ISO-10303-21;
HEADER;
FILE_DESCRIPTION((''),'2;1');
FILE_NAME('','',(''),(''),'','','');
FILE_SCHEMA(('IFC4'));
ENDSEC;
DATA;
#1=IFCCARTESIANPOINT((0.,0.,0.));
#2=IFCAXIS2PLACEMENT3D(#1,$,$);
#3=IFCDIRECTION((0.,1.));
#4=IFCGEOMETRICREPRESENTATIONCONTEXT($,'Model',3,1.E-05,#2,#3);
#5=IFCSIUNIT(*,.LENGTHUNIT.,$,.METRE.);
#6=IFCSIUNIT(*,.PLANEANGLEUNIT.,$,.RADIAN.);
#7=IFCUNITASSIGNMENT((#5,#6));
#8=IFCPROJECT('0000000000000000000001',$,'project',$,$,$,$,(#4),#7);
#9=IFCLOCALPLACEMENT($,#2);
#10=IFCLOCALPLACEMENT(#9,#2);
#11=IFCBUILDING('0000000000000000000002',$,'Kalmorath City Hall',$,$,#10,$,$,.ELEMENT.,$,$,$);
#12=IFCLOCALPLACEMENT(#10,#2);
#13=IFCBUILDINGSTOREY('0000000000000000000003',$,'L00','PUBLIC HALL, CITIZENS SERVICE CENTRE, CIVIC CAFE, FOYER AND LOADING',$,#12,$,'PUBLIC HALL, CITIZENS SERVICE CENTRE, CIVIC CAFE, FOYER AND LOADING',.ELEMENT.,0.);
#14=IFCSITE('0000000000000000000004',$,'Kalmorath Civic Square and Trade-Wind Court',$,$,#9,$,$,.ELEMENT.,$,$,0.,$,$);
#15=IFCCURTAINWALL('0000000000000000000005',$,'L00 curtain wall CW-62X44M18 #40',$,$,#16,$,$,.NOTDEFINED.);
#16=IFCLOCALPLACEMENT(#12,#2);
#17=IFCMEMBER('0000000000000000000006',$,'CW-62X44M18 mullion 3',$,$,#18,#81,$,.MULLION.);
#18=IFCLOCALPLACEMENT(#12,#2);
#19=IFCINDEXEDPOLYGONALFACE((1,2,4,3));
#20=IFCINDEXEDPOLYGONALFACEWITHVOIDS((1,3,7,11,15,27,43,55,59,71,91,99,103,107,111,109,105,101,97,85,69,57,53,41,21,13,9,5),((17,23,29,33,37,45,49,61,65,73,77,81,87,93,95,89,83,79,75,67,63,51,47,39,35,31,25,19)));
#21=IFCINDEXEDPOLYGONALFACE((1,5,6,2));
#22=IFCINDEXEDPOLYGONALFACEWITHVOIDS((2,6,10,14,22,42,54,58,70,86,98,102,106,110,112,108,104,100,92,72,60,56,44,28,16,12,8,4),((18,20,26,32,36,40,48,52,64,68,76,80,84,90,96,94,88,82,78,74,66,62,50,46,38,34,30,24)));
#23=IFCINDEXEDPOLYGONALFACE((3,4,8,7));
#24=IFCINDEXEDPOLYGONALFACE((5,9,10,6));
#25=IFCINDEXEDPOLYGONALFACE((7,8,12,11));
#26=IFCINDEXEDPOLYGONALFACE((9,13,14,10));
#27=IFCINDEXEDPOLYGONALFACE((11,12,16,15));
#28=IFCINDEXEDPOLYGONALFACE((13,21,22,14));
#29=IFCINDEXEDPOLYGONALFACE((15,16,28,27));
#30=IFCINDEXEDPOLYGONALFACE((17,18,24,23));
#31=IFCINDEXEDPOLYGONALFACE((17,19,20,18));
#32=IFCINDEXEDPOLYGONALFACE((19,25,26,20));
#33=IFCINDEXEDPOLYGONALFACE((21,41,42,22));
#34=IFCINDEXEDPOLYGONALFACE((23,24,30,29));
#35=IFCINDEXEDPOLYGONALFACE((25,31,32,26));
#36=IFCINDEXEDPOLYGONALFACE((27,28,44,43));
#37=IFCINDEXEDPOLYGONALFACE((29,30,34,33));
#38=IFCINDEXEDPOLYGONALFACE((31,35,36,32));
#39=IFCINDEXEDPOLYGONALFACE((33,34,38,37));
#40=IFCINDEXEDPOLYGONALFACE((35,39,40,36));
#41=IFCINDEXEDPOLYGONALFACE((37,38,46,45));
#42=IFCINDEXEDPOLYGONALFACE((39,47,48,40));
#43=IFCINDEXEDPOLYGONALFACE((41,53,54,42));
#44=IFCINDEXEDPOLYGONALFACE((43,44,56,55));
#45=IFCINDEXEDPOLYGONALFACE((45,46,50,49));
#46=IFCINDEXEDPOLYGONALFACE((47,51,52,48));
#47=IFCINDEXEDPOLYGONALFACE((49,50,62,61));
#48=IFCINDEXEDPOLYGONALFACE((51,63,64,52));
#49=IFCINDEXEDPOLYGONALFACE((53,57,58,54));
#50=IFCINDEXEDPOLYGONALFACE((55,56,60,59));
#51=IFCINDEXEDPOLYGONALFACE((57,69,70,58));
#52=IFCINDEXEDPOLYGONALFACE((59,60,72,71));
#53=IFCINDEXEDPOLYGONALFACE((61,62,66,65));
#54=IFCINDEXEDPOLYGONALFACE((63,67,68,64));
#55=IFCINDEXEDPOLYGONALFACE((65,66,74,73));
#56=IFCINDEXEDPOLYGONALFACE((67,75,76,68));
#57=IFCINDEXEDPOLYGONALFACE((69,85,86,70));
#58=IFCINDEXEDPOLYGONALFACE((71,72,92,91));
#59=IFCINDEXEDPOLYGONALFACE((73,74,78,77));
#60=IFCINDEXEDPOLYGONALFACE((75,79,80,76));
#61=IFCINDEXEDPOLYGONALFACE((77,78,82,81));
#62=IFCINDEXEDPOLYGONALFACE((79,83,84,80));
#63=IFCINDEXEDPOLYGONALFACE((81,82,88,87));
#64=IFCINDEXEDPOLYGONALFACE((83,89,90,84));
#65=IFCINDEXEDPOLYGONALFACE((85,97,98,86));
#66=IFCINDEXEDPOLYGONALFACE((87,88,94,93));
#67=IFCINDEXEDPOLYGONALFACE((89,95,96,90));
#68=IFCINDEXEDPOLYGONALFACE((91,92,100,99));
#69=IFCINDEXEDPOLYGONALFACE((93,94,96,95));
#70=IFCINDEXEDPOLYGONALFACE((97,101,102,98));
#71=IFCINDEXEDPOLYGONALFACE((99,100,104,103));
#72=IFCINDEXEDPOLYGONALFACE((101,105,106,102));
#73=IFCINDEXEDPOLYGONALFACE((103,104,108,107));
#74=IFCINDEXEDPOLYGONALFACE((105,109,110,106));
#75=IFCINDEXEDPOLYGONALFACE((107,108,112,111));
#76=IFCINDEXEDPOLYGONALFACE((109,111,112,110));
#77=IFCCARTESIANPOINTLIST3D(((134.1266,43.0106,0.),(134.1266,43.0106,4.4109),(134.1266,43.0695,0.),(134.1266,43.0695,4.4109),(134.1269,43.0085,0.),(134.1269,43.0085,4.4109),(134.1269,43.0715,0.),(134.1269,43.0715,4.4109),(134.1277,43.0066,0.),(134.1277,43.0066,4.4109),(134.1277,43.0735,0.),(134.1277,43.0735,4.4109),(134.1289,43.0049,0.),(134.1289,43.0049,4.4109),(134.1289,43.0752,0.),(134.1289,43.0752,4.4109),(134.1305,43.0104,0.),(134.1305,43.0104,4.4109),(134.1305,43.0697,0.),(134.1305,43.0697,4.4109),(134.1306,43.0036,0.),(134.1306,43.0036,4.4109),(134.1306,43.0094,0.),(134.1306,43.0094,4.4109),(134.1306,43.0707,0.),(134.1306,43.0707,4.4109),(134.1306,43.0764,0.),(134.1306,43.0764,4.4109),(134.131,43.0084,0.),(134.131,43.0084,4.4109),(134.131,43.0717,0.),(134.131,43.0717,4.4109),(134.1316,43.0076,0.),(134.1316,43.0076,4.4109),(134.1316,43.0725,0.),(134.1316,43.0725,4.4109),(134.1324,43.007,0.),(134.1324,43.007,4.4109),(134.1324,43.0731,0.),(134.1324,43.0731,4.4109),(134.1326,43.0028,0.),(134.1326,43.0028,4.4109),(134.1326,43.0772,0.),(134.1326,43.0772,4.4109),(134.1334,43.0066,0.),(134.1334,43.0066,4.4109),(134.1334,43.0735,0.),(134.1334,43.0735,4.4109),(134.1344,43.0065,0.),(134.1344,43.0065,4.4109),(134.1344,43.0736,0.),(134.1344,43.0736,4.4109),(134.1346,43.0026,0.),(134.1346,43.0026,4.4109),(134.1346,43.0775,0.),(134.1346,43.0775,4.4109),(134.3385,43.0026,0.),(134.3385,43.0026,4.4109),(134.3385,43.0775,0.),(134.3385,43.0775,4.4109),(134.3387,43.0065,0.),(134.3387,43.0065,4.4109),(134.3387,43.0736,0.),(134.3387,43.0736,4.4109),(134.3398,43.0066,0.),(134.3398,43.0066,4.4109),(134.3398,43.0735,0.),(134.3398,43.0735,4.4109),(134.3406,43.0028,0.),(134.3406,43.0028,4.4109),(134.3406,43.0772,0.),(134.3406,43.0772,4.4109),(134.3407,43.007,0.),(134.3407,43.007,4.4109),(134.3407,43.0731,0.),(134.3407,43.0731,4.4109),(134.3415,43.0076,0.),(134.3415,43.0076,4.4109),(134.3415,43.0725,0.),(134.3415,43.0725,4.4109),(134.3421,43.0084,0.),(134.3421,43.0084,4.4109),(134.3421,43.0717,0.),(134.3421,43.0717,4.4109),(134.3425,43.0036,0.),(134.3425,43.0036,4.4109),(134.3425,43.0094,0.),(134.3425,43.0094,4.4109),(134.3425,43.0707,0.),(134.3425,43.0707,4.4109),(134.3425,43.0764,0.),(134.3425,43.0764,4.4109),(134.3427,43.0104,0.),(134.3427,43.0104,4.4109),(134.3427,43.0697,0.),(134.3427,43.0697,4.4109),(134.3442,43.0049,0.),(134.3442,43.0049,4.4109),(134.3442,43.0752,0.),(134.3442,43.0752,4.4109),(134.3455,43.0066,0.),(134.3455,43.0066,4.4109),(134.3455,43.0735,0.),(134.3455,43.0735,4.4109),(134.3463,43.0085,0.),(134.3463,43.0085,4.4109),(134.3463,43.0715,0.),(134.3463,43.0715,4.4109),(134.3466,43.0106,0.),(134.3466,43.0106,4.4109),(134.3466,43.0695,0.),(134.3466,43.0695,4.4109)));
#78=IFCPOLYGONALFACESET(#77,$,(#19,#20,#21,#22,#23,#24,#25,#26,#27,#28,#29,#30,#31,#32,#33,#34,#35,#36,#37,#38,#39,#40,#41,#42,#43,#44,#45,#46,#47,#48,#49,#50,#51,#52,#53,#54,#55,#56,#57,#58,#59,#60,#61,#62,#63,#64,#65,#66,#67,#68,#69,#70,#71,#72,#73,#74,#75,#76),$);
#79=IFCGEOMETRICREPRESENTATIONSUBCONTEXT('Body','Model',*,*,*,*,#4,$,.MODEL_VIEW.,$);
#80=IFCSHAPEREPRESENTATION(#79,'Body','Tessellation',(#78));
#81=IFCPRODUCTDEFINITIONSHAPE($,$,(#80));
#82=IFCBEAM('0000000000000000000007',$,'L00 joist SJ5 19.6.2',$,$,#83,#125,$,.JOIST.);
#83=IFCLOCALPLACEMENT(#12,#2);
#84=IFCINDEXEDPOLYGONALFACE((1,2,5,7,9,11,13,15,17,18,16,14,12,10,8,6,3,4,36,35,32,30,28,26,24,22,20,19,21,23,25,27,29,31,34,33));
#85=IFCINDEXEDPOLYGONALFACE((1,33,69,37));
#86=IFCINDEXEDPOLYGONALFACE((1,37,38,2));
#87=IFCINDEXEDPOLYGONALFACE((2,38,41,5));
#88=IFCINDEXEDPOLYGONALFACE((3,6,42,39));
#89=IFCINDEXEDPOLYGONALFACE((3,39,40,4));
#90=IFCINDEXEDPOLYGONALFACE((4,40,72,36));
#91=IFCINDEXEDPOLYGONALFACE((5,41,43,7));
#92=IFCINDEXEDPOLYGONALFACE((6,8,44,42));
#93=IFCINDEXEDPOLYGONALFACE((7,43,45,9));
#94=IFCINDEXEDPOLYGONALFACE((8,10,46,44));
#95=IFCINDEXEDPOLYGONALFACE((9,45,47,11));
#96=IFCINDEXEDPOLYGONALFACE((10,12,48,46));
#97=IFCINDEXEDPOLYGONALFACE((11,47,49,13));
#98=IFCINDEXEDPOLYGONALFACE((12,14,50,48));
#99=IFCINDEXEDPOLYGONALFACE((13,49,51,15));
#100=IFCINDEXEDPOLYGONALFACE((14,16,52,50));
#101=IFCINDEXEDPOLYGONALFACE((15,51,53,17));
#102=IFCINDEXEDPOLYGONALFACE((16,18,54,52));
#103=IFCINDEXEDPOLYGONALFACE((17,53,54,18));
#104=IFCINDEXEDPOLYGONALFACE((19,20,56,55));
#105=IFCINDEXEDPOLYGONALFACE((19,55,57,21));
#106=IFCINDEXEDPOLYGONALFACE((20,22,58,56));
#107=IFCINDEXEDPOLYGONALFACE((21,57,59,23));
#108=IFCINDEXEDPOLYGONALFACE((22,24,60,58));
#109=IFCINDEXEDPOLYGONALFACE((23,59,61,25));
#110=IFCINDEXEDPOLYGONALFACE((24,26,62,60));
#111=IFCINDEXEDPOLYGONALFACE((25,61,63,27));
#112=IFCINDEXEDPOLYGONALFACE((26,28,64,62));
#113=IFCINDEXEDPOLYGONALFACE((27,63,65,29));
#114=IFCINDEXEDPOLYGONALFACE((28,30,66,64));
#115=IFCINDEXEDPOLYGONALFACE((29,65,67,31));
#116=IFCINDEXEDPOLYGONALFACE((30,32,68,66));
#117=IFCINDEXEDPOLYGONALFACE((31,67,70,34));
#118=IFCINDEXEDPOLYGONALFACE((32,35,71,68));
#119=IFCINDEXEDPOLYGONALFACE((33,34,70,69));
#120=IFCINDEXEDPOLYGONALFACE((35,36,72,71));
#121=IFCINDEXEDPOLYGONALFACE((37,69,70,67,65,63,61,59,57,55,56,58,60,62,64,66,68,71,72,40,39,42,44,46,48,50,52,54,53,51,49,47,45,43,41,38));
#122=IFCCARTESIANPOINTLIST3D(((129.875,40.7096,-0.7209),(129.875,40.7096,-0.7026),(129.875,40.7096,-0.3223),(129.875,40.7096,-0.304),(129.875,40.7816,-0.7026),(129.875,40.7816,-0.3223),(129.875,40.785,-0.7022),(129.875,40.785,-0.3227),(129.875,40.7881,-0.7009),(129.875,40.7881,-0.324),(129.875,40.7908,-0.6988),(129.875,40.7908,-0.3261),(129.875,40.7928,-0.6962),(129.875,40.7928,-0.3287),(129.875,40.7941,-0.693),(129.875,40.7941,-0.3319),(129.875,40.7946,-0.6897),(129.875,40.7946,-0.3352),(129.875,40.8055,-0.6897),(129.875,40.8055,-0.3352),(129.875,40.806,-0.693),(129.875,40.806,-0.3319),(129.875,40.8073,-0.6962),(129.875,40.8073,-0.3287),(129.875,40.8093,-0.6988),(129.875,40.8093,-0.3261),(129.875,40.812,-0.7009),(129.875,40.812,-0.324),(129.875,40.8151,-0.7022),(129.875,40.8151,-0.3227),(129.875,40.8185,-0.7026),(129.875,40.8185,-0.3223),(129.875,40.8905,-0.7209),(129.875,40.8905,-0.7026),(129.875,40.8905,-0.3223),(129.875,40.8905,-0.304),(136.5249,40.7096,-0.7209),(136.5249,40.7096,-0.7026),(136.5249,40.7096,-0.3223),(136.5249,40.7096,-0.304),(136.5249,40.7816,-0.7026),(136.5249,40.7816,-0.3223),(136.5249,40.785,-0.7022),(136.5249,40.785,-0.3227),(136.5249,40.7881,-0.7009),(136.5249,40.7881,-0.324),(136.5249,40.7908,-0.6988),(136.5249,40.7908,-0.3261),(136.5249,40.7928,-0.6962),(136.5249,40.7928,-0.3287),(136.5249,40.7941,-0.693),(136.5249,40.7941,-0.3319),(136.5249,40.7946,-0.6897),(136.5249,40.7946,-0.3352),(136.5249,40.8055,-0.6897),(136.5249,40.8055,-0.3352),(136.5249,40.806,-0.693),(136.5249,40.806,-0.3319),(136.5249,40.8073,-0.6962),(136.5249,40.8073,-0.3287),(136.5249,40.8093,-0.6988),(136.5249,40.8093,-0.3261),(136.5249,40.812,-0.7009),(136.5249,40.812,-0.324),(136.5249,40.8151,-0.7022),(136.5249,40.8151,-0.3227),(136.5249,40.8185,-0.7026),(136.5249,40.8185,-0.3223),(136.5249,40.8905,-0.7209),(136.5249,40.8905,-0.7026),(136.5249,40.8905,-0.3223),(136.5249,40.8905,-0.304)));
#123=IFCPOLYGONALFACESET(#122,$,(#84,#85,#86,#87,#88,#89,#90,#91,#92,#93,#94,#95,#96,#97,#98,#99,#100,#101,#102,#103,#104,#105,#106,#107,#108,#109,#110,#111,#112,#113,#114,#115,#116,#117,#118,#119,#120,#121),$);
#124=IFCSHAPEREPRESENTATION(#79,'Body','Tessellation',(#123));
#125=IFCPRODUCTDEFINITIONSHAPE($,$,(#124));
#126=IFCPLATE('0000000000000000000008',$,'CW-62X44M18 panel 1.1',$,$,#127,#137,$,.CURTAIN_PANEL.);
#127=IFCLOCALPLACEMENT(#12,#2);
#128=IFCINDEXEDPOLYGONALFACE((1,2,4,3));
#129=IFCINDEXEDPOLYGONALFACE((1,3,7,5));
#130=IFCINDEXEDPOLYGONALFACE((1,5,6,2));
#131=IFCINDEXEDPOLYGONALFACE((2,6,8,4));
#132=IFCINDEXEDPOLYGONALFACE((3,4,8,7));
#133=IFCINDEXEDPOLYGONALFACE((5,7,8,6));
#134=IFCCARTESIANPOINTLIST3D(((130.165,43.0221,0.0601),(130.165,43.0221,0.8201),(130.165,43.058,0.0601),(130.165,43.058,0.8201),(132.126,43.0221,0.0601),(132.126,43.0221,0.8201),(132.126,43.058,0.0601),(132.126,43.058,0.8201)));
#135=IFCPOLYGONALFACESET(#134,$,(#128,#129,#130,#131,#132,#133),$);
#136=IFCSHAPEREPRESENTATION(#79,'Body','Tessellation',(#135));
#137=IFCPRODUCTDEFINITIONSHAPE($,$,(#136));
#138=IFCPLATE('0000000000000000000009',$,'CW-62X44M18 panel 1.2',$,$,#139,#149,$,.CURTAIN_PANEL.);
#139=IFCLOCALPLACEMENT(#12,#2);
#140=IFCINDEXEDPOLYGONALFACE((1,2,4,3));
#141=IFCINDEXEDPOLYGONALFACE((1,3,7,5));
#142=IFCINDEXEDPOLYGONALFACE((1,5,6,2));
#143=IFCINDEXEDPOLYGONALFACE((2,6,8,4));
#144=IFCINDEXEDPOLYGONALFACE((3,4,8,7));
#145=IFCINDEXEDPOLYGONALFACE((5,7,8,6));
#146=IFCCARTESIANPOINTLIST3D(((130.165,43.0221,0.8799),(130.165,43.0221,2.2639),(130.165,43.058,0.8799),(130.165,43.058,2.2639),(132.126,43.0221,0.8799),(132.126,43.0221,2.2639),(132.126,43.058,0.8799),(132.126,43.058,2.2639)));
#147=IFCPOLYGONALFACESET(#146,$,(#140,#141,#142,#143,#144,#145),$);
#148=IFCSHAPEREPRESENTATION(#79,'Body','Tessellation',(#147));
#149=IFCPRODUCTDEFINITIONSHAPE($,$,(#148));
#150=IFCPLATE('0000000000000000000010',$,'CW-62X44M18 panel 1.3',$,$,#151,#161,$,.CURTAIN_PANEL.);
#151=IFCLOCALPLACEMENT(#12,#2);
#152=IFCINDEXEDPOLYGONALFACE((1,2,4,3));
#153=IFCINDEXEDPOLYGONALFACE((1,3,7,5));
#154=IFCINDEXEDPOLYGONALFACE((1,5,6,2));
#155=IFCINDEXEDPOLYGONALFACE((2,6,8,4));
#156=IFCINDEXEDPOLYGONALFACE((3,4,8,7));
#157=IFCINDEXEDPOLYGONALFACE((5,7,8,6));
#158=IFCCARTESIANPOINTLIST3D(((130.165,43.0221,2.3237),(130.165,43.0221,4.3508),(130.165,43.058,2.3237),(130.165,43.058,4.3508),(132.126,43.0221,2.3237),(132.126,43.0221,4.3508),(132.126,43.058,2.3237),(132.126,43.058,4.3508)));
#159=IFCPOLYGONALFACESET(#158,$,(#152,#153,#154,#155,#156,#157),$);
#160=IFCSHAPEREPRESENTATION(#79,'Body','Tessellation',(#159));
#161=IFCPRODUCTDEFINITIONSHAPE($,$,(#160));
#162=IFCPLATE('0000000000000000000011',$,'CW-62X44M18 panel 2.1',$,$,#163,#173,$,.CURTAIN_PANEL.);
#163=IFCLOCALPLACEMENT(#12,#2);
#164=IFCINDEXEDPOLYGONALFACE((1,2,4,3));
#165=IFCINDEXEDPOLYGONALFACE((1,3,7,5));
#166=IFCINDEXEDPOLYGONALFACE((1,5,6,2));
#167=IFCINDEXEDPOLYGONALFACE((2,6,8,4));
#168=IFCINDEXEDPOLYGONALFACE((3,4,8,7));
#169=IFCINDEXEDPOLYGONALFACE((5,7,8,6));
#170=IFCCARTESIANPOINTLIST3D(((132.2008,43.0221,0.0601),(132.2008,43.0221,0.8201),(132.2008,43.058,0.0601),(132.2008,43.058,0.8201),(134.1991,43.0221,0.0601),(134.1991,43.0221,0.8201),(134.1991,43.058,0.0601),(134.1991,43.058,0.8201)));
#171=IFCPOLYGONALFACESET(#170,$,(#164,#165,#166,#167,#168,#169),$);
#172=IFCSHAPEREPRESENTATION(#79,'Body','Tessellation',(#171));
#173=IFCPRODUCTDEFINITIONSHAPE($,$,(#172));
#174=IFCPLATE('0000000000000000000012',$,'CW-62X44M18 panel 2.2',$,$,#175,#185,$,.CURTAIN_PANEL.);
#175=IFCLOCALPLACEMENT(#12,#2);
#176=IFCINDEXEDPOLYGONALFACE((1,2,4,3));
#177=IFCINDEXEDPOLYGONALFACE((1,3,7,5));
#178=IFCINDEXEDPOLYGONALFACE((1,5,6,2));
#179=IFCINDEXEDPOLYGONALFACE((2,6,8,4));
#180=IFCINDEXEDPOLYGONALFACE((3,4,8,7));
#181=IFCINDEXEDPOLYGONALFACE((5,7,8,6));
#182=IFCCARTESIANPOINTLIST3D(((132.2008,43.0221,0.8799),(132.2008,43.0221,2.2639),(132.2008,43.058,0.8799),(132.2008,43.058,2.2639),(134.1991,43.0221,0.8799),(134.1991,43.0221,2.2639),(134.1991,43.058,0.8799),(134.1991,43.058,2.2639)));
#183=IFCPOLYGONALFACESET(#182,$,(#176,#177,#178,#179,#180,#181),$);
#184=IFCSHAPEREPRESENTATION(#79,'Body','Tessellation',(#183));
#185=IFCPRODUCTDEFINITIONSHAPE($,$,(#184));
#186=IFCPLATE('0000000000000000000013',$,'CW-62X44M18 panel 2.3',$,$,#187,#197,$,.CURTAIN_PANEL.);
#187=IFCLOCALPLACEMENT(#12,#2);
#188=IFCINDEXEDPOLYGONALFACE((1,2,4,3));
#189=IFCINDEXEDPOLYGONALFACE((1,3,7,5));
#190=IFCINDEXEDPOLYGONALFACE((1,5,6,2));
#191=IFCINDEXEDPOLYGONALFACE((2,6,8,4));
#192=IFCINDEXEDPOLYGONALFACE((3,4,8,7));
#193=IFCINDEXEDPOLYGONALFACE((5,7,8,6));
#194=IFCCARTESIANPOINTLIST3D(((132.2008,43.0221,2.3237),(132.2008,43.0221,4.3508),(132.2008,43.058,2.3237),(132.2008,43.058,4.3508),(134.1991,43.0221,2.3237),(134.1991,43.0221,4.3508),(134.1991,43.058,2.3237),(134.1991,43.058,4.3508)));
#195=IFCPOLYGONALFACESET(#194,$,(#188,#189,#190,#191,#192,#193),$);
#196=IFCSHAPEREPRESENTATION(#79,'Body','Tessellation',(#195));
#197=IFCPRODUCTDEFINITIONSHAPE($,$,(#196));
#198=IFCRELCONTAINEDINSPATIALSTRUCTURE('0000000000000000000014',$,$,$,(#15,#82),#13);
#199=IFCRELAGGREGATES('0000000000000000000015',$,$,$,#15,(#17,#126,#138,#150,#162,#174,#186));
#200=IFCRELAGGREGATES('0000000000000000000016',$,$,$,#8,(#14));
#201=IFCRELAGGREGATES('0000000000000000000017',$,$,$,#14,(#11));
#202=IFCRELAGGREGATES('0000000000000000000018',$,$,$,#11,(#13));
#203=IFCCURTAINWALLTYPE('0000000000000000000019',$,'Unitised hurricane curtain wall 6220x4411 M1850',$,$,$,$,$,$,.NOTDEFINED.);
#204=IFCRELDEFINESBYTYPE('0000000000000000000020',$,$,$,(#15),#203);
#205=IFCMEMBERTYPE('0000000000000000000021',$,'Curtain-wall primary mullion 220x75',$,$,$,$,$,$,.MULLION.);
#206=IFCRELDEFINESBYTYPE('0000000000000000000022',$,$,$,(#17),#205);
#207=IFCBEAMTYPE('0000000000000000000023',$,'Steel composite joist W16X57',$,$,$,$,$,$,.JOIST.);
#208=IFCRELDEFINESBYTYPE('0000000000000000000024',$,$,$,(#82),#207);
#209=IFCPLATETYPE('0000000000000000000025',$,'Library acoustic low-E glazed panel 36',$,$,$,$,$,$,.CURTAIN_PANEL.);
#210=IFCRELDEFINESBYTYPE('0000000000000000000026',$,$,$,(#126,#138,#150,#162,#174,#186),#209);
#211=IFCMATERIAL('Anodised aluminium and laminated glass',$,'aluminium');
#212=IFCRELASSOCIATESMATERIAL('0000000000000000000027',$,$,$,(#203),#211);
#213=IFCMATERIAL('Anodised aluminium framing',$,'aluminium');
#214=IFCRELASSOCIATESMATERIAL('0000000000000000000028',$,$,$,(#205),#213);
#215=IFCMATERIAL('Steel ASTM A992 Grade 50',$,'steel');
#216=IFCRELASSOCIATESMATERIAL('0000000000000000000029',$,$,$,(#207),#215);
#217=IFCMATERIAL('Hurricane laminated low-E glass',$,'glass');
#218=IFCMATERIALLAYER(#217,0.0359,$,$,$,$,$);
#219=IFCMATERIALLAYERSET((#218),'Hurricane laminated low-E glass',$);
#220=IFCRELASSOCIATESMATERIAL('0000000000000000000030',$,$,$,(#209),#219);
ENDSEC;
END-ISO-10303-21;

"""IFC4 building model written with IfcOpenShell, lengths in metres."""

from ifc_helpers import new_model, si_unit, direction, frame, origin, origin_2d, place, context, subcontext, project, spatial, rectangle, hollow_rectangle, i_section, extrude, material, layer, layer_set, material_profile, profile_set, type_object, element, aggregate, save


model = new_model("IFC4")

# Units and contexts
model_context = context("Model", 3, precision=1e-05, world=origin(), true_north=direction((0.0, 1.0)))
body_context = subcontext(model_context, "Body", "Model", "MODEL_VIEW")
ifc_project = project(units=[si_unit("LENGTHUNIT", "METRE"), si_unit("PLANEANGLEUNIT", "RADIAN")], contexts=[model_context])

# Site, building, storey
site_placement = place(None, origin())
site = spatial("IfcSite", under=ifc_project, at=site_placement, Name="Kalmorath Civic Square and Trade-Wind Court", CompositionType="ELEMENT", RefElevation=0.0)
building_placement = place(site_placement, origin())
building = spatial("IfcBuilding", under=site, at=building_placement, Name="Kalmorath City Hall", CompositionType="ELEMENT")
storey_placement = place(building_placement, origin())
storey = spatial("IfcBuildingStorey", under=building, at=storey_placement, Name="L00", Description="PUBLIC HALL, CITIZENS SERVICE CENTRE, CIVIC CAFE, FOYER AND LOADING", LongName="PUBLIC HALL, CITIZENS SERVICE CENTRE, CIVIC CAFE, FOYER AND LOADING", CompositionType="ELEMENT", Elevation=0.0)

# Curtain wall, member
ifc_material_1 = material(Name="Anodised aluminium and laminated glass", Category="aluminium")
curtain_wall_type = type_object("IfcCurtainWallType", Name="Unitised hurricane curtain wall 6220x4411 M1850", PredefinedType="NOTDEFINED", material=ifc_material_1)
curtain_wall_placement = place(storey_placement, origin())
curtain_wall = element("IfcCurtainWall", 1, at=curtain_wall_placement, inside=storey, type_object=curtain_wall_type, Name="L00 curtain wall CW-62X44M18 #40", PredefinedType="NOTDEFINED")
ifc_material_2 = material(Name="Anodised aluminium framing", Category="aluminium")
ifc_material_profile_1 = material_profile(ifc_material_2, hollow_rectangle(XDim=0.075, YDim=0.22, WallThickness=0.0039, InnerFilletRadius=0.0039, OuterFilletRadius=0.0081, at=origin_2d()), Name="ALU-MUL-220X75X4")
ifc_profile_set_1 = profile_set([ifc_material_profile_1], Name="Anodised aluminium framing")
member_type_1 = type_object("IfcMemberType", Name="Curtain-wall primary mullion 220x75", PredefinedType="MULLION", material=ifc_profile_set_1)
member_1_placement = place(storey_placement, frame((134.2366, 43.04, 0.0), z_axis=(0.0, 0.0, 1.0), x_axis=(0.0, 1.0, 0.0)))
member_1 = element("IfcMember", 2, at=member_1_placement, type_object=member_type_1, Name="CW-62X44M18 mullion 3", PredefinedType="MULLION", context=body_context, shape_type="SweptSolid", body=[
    extrude(hollow_rectangle(XDim=0.075, YDim=0.22, WallThickness=0.0039, InnerFilletRadius=0.0039, OuterFilletRadius=0.0081, at=origin_2d()), origin(), (0.0, 0.0, 1.0), 4.4109),
])

# Beam
ifc_material_3 = material(Name="Steel ASTM A992 Grade 50", Category="steel")
ifc_material_profile_2 = material_profile(ifc_material_3, i_section(OverallWidth=0.1809, OverallDepth=0.417, WebThickness=0.011, FlangeThickness=0.0183, FilletRadius=0.0129, at=origin_2d()), Name="W16X57")
ifc_profile_set_2 = profile_set([ifc_material_profile_2], Name="Steel ASTM A992 Grade 50")
beam_type_1 = type_object("IfcBeamType", Name="Steel composite joist W16X57", PredefinedType="JOIST", material=ifc_profile_set_2)
beam_placement = place(storey_placement, frame((129.875, 40.8, -0.5125), z_axis=(1.0, 0.0, 0.0), x_axis=(0.0, 1.0, 0.0)))
element("IfcBeam", 3, at=beam_placement, inside=storey, type_object=beam_type_1, Name="L00 joist SJ5 19.6.2", PredefinedType="JOIST", context=body_context, shape_type="SweptSolid", body=[
    extrude(i_section(OverallWidth=0.1809, OverallDepth=0.417, WebThickness=0.011, FlangeThickness=0.0183, FilletRadius=0.0129, at=origin_2d()), origin(), (0.0, 0.0, 1.0), 6.6499),
])

# Plates
ifc_material_4 = material(Name="Hurricane laminated low-E glass", Category="glass")
ifc_layer_1 = layer(ifc_material_4, 0.0359)
ifc_layer_set_1 = layer_set([ifc_layer_1], Name="Hurricane laminated low-E glass")
plate_type = type_object("IfcPlateType", Name="Library acoustic low-E glazed panel 36", PredefinedType="CURTAIN_PANEL", material=ifc_layer_set_1)
plate_1_placement = place(storey_placement, frame((131.1455, 43.04, 0.0601), z_axis=(0.0, 0.0, 1.0), x_axis=(1.0, 0.0, 0.0)))
plate_1 = element("IfcPlate", 4, at=plate_1_placement, type_object=plate_type, Name="CW-62X44M18 panel 1.1", PredefinedType="CURTAIN_PANEL", context=body_context, shape_type="SweptSolid", body=[
    extrude(rectangle(XDim=1.9609, YDim=0.0359, at=origin_2d()), origin(), (0.0, 0.0, 1.0), 0.76),
])
plate_2_placement = place(storey_placement, frame((131.1455, 43.04, 0.8799), z_axis=(0.0, 0.0, 1.0), x_axis=(1.0, 0.0, 0.0)))
plate_2 = element("IfcPlate", 5, at=plate_2_placement, type_object=plate_type, Name="CW-62X44M18 panel 1.2", PredefinedType="CURTAIN_PANEL", context=body_context, shape_type="SweptSolid", body=[
    extrude(rectangle(XDim=1.9609, YDim=0.0359, at=origin_2d()), origin(), (0.0, 0.0, 1.0), 1.384),
])
plate_3_placement = place(storey_placement, frame((131.1455, 43.04, 2.3237), z_axis=(0.0, 0.0, 1.0), x_axis=(1.0, 0.0, 0.0)))
plate_3 = element("IfcPlate", 6, at=plate_3_placement, type_object=plate_type, Name="CW-62X44M18 panel 1.3", PredefinedType="CURTAIN_PANEL", context=body_context, shape_type="SweptSolid", body=[
    extrude(rectangle(XDim=1.9609, YDim=0.0359, at=origin_2d()), origin(), (0.0, 0.0, 1.0), 2.0271),
])
plate_4_placement = place(storey_placement, frame((133.2, 43.04, 0.0601), z_axis=(0.0, 0.0, 1.0), x_axis=(1.0, 0.0, 0.0)))
plate_4 = element("IfcPlate", 7, at=plate_4_placement, type_object=plate_type, Name="CW-62X44M18 panel 2.1", PredefinedType="CURTAIN_PANEL", context=body_context, shape_type="SweptSolid", body=[
    extrude(rectangle(XDim=1.9983, YDim=0.0359, at=origin_2d()), origin(), (0.0, 0.0, 1.0), 0.76),
])
plate_5_placement = place(storey_placement, frame((133.2, 43.04, 0.8799), z_axis=(0.0, 0.0, 1.0), x_axis=(1.0, 0.0, 0.0)))
plate_5 = element("IfcPlate", 8, at=plate_5_placement, type_object=plate_type, Name="CW-62X44M18 panel 2.2", PredefinedType="CURTAIN_PANEL", context=body_context, shape_type="SweptSolid", body=[
    extrude(rectangle(XDim=1.9983, YDim=0.0359, at=origin_2d()), origin(), (0.0, 0.0, 1.0), 1.384),
])
plate_6_placement = place(storey_placement, frame((133.2, 43.04, 2.3237), z_axis=(0.0, 0.0, 1.0), x_axis=(1.0, 0.0, 0.0)))
plate_6 = element("IfcPlate", 9, at=plate_6_placement, type_object=plate_type, Name="CW-62X44M18 panel 2.3", PredefinedType="CURTAIN_PANEL", context=body_context, shape_type="SweptSolid", body=[
    extrude(rectangle(XDim=1.9983, YDim=0.0359, at=origin_2d()), origin(), (0.0, 0.0, 1.0), 2.0271),
])
aggregate(curtain_wall, [member_1, plate_1, plate_2, plate_3, plate_4, plate_5, plate_6])

save(model, "model.ifc")
